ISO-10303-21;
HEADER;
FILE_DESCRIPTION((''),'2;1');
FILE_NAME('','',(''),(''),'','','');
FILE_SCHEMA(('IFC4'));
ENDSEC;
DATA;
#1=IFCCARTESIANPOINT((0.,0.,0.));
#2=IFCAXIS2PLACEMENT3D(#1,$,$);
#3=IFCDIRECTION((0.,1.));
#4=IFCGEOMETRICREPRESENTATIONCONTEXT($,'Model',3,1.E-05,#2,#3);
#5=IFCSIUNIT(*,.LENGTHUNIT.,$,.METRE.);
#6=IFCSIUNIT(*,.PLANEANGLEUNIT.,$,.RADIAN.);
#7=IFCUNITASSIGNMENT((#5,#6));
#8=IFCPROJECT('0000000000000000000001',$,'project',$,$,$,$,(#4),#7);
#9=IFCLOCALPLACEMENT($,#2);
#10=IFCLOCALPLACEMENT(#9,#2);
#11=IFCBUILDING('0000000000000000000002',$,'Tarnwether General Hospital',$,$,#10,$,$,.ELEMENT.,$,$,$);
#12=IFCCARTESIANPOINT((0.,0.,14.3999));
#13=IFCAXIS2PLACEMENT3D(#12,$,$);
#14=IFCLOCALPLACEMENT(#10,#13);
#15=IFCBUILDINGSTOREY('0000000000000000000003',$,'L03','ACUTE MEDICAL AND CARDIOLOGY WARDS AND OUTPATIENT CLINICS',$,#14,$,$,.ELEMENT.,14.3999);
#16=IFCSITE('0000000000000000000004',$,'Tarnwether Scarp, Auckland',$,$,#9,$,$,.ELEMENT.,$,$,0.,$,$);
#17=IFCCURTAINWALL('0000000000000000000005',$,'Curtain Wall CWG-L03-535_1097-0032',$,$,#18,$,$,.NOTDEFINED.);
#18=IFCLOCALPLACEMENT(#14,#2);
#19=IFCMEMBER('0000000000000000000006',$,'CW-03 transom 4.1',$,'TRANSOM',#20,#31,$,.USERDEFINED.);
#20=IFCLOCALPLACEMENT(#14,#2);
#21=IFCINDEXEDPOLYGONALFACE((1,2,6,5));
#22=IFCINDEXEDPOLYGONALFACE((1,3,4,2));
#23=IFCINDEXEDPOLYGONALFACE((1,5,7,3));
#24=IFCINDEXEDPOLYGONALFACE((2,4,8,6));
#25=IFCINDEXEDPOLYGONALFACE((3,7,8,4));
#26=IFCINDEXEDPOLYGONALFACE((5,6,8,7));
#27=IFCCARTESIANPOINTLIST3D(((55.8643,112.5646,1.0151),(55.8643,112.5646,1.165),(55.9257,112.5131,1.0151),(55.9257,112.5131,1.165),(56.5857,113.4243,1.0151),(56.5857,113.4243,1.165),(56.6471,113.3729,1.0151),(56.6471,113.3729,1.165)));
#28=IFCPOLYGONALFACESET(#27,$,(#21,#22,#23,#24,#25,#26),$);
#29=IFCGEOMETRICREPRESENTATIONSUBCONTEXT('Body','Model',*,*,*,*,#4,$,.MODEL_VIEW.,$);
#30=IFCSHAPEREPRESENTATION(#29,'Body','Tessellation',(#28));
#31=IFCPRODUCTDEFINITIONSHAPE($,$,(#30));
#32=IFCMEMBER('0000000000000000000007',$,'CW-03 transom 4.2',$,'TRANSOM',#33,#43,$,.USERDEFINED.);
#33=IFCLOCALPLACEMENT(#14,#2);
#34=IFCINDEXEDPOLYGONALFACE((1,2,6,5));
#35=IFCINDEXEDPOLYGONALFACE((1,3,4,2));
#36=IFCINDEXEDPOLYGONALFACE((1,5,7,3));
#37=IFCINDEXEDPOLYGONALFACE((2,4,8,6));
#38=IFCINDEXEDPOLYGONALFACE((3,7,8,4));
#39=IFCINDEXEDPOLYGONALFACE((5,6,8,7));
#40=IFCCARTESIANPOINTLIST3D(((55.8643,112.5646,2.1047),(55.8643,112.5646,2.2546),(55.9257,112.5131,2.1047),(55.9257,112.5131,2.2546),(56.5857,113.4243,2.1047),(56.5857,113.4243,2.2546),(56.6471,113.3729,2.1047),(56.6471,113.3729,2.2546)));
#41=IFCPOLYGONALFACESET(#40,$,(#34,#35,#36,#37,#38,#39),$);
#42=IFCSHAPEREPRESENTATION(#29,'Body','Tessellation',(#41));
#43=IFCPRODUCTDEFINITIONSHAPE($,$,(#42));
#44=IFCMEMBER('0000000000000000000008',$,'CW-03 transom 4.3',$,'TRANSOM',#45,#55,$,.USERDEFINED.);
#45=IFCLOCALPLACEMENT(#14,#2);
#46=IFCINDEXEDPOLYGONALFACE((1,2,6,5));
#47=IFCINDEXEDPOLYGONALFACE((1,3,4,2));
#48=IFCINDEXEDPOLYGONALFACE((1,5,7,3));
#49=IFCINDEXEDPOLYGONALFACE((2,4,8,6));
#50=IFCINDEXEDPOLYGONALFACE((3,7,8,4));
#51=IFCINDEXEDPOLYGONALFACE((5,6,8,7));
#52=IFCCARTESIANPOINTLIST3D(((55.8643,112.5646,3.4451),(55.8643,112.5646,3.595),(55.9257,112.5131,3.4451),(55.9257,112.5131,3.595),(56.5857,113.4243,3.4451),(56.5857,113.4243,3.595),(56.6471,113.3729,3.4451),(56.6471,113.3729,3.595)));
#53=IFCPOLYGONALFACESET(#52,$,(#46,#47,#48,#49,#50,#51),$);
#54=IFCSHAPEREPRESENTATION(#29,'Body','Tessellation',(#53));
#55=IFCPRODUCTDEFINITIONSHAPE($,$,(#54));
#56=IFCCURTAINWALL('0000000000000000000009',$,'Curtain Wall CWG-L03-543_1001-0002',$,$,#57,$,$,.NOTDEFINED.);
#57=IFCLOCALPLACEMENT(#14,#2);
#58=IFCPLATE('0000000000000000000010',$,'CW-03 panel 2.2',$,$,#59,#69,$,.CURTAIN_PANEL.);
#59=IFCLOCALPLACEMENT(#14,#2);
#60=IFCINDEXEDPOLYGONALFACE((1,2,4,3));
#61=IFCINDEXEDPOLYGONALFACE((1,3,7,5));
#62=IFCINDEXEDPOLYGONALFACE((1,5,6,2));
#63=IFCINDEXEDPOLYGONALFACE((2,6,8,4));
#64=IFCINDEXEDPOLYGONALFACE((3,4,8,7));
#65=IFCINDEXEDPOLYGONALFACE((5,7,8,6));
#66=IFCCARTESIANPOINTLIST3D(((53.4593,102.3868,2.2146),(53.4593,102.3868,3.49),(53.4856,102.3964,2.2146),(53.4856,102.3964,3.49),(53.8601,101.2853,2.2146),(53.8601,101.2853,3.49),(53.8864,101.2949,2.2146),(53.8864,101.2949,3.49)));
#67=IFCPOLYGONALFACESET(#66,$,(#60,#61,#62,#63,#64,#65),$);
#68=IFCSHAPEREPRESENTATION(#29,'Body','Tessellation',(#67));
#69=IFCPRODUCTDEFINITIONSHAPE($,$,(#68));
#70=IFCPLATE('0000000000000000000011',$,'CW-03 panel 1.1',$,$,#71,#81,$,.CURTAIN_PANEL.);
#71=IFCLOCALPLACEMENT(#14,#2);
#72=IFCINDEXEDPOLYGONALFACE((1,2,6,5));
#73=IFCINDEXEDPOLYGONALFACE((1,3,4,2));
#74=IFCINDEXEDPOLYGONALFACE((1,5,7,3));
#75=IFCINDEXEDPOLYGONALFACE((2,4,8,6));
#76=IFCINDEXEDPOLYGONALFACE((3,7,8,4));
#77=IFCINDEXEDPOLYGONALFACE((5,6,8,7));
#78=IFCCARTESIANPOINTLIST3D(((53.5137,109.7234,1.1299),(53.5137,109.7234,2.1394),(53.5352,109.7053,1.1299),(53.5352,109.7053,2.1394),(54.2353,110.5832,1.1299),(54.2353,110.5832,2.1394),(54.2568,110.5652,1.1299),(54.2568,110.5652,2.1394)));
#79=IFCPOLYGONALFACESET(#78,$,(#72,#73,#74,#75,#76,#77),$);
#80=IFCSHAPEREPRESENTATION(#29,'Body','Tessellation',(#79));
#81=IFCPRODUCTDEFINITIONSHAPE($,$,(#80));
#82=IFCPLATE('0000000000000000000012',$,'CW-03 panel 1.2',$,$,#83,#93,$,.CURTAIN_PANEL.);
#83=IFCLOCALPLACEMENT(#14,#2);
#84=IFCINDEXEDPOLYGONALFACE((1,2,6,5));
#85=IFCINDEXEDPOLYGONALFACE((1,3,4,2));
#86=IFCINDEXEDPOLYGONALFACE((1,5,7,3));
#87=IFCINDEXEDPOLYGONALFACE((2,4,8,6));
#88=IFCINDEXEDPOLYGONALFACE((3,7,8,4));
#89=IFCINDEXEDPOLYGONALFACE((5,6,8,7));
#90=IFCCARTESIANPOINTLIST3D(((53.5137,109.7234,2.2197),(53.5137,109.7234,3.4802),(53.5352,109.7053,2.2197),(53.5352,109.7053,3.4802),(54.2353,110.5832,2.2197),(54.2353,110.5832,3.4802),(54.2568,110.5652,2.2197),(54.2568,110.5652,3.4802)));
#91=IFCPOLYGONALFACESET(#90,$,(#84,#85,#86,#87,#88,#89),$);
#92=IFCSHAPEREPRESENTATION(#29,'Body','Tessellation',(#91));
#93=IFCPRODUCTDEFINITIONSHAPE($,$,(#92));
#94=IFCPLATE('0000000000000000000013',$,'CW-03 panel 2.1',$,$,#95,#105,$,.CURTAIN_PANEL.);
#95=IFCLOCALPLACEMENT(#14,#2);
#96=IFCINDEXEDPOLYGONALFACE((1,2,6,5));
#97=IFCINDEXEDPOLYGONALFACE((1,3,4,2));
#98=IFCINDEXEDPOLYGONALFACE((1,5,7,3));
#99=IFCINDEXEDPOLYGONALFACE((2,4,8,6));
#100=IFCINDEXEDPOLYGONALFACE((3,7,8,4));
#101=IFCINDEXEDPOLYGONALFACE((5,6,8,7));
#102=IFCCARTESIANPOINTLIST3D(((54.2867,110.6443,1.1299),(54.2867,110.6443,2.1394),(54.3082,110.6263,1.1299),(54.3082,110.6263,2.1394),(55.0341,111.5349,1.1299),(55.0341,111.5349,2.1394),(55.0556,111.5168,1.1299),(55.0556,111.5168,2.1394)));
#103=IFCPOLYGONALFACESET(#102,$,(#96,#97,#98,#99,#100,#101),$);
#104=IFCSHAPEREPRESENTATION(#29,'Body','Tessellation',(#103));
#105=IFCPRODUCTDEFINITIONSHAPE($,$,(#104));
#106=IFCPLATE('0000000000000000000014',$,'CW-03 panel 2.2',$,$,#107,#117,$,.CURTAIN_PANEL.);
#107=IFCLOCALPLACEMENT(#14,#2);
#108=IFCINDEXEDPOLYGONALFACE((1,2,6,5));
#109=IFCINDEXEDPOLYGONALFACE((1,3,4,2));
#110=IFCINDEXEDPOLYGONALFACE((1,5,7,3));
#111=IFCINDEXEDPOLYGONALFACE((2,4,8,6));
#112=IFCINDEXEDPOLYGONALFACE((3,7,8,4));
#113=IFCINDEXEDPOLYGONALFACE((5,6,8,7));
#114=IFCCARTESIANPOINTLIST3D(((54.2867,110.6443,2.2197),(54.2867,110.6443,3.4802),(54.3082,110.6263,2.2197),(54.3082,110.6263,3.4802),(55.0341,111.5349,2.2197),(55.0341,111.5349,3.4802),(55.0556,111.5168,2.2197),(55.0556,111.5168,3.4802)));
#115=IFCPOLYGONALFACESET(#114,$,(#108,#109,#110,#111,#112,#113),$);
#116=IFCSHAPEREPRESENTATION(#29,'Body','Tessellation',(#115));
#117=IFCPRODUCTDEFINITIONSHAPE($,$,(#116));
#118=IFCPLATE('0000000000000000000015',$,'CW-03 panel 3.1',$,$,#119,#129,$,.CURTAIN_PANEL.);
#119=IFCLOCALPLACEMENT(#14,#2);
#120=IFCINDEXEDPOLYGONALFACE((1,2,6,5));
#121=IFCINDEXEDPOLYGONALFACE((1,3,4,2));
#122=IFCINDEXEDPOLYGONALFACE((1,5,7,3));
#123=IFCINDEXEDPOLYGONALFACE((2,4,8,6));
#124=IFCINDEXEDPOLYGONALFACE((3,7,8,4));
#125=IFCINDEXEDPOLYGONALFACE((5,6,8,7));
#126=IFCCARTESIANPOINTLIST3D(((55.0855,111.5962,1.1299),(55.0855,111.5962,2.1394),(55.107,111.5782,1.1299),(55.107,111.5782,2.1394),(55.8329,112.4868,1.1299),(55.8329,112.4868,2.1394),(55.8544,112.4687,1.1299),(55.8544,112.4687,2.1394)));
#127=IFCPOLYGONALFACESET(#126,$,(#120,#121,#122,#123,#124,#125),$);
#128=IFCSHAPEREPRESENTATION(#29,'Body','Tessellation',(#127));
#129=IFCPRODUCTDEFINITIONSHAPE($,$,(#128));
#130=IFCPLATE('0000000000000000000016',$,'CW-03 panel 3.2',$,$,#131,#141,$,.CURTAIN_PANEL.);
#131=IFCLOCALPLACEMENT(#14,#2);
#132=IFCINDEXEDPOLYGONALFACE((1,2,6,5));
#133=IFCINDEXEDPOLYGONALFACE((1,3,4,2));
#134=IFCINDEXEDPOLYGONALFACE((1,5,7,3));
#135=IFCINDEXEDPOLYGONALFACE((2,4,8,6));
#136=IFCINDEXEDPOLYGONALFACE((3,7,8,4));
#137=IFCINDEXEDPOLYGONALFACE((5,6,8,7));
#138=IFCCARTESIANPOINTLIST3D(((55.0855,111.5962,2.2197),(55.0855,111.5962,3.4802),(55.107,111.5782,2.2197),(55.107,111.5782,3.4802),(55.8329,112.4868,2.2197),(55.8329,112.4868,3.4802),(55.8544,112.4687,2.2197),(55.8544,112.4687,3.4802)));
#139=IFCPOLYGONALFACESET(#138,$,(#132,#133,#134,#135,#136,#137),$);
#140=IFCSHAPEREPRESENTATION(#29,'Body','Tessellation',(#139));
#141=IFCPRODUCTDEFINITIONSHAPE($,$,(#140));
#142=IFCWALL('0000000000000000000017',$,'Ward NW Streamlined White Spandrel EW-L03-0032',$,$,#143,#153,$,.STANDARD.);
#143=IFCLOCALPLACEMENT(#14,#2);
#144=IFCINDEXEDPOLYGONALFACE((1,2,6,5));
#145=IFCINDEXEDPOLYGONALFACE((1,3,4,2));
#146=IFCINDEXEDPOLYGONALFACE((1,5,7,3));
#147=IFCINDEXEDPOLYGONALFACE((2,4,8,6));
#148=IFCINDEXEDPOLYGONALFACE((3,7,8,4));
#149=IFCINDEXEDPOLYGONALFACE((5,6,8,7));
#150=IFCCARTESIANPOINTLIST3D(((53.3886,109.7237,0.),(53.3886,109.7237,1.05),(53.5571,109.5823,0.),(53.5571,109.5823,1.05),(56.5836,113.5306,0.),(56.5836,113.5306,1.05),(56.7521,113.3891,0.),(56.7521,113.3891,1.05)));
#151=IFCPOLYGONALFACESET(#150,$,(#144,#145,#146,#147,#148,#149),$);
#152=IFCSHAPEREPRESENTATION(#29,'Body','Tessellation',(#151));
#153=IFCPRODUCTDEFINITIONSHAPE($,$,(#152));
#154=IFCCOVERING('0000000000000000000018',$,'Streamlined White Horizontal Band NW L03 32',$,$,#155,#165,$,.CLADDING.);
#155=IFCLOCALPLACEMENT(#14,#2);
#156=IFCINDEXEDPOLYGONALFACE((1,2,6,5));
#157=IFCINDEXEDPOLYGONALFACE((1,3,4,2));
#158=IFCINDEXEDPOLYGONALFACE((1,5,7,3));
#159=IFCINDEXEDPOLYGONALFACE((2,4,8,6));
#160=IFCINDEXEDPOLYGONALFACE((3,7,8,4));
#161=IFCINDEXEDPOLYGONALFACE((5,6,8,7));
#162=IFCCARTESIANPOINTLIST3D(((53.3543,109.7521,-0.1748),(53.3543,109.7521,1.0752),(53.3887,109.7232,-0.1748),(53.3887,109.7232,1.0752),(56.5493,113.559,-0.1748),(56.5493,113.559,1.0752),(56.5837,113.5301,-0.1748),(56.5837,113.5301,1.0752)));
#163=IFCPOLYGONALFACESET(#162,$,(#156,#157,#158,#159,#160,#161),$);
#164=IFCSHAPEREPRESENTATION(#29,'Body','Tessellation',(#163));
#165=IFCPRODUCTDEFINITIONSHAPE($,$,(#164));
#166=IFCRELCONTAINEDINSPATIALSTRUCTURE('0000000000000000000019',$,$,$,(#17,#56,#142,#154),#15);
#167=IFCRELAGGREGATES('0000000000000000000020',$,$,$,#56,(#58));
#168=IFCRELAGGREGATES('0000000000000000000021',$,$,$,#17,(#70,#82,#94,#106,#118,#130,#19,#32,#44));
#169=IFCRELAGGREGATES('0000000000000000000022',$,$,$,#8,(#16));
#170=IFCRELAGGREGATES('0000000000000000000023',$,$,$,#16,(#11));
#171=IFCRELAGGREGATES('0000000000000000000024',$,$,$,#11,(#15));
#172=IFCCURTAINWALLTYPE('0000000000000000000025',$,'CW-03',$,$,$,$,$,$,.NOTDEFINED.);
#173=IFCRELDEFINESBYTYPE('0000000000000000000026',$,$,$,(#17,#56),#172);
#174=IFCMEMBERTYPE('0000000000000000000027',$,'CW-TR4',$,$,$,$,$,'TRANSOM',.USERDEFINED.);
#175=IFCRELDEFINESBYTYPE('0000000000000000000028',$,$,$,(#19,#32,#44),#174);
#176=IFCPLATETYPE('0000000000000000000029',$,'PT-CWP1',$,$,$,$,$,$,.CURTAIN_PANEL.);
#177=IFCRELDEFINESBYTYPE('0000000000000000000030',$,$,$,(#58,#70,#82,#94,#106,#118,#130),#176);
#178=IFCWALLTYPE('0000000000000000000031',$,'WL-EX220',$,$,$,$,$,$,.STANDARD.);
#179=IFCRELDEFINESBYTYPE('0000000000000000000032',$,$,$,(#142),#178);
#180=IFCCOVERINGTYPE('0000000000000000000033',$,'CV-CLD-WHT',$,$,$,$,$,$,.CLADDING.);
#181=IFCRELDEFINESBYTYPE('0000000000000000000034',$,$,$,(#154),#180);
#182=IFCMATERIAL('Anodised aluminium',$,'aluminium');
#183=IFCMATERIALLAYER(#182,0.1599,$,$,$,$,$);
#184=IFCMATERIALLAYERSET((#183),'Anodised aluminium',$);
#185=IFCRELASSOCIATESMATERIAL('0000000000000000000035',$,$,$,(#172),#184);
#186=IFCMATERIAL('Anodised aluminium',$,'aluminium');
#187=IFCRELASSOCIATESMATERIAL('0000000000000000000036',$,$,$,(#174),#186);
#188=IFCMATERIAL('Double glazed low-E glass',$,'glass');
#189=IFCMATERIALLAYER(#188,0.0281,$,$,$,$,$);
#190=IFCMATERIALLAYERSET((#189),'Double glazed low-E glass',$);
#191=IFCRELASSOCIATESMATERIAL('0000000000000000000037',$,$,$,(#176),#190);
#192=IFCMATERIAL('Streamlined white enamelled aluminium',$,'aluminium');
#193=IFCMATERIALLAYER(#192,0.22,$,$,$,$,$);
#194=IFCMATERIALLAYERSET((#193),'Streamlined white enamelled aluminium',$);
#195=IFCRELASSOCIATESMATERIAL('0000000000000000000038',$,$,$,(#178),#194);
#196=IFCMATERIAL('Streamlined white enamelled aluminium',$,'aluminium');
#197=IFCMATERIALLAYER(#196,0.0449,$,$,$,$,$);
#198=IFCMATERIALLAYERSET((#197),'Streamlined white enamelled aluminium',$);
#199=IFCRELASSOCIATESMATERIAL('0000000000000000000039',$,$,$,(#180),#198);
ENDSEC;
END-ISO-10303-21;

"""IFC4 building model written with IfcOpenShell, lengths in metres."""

from ifc_helpers import new_model, si_unit, direction, frame, frame_2d, origin, origin_2d, place, context, subcontext, project, spatial, rectangle, extrude, material, layer, layer_set, material_profile, profile_set, type_object, element, aggregate, save


model = new_model("IFC4")

# Units and contexts
model_context = context("Model", 3, precision=1e-05, world=origin(), true_north=direction((0.0, 1.0)))
body_context = subcontext(model_context, "Body", "Model", "MODEL_VIEW")
ifc_project = project(units=[si_unit("LENGTHUNIT", "METRE"), si_unit("PLANEANGLEUNIT", "RADIAN")], contexts=[model_context])

# Site, building, storey
site_placement = place(None, origin())
site = spatial("IfcSite", under=ifc_project, at=site_placement, Name="Tarnwether Scarp, Auckland", CompositionType="ELEMENT", RefElevation=0.0)
building_placement = place(site_placement, origin())
building = spatial("IfcBuilding", under=site, at=building_placement, Name="Tarnwether General Hospital", CompositionType="ELEMENT")
storey_placement = place(building_placement, frame((0.0, 0.0, 14.3999)))
storey = spatial("IfcBuildingStorey", under=building, at=storey_placement, Name="L03", Description="ACUTE MEDICAL AND CARDIOLOGY WARDS AND OUTPATIENT CLINICS", CompositionType="ELEMENT", Elevation=14.3999)

# Shared definitions
ifc_material_1 = material(Name="Anodised aluminium", Category="aluminium")
ifc_layer_1 = layer(ifc_material_1, 0.1599)
ifc_layer_set_1 = layer_set([ifc_layer_1], Name="Anodised aluminium")
curtain_wall_type = type_object("IfcCurtainWallType", Name="CW-03", PredefinedType="NOTDEFINED", material=ifc_layer_set_1)

# Curtain wall, members
curtain_wall_1_placement = place(storey_placement, origin())
curtain_wall_1 = element("IfcCurtainWall", 1, at=curtain_wall_1_placement, inside=storey, type_object=curtain_wall_type, Name="Curtain Wall CWG-L03-535_1097-0032", PredefinedType="NOTDEFINED")
ifc_material_2 = material(Name="Anodised aluminium", Category="aluminium")
ifc_material_profile_1 = material_profile(ifc_material_2, rectangle(XDim=0.0801, YDim=0.1499, at=origin_2d()), Name="ALU-TRN-80x150")
ifc_profile_set_1 = profile_set([ifc_material_profile_1], Name="Anodised aluminium")
member_type_1 = type_object("IfcMemberType", Name="CW-TR4", ElementType="TRANSOM", PredefinedType="USERDEFINED", material=ifc_profile_set_1)
member_1_placement = place(storey_placement, frame((55.895, 112.5388, 1.0901), z_axis=(0.642748, 0.766078, 0.0), x_axis=(-0.766078, 0.642748, 0.0)))
member_1 = element("IfcMember", 2, at=member_1_placement, type_object=member_type_1, Name="CW-03 transom 4.1", ObjectType="TRANSOM", PredefinedType="USERDEFINED", context=body_context, shape_type="SweptSolid", body=[
    extrude(rectangle(XDim=0.0801, YDim=0.1499, at=origin_2d()), origin(), (0.0, 0.0, 1.0), 1.1223),
])
member_2_placement = place(storey_placement, frame((55.895, 112.5388, 2.1797), z_axis=(0.642748, 0.766078, 0.0), x_axis=(-0.766078, 0.642748, 0.0)))
member_2 = element("IfcMember", 3, at=member_2_placement, type_object=member_type_1, Name="CW-03 transom 4.2", ObjectType="TRANSOM", PredefinedType="USERDEFINED", context=body_context, shape_type="SweptSolid", body=[
    extrude(rectangle(XDim=0.0801, YDim=0.1499, at=origin_2d()), origin(), (0.0, 0.0, 1.0), 1.1223),
])
member_3_placement = place(storey_placement, frame((55.895, 112.5388, 3.52), z_axis=(0.642748, 0.766078, 0.0), x_axis=(-0.766078, 0.642748, 0.0)))
member_3 = element("IfcMember", 4, at=member_3_placement, type_object=member_type_1, Name="CW-03 transom 4.3", ObjectType="TRANSOM", PredefinedType="USERDEFINED", context=body_context, shape_type="SweptSolid", body=[
    extrude(rectangle(XDim=0.0801, YDim=0.1499, at=origin_2d()), origin(), (0.0, 0.0, 1.0), 1.1223),
])

# Curtain wall, plate
curtain_wall_2_placement = place(storey_placement, origin())
curtain_wall_2 = element("IfcCurtainWall", 5, at=curtain_wall_2_placement, inside=storey, type_object=curtain_wall_type, Name="Curtain Wall CWG-L03-543_1001-0002", PredefinedType="NOTDEFINED")
ifc_material_3 = material(Name="Double glazed low-E glass", Category="glass")
ifc_layer_2 = layer(ifc_material_3, 0.0281)
ifc_layer_set_2 = layer_set([ifc_layer_2], Name="Double glazed low-E glass")
plate_type = type_object("IfcPlateType", Name="PT-CWP1", PredefinedType="CURTAIN_PANEL", material=ifc_layer_set_2)
plate_1_placement = place(storey_placement, frame((53.6729, 101.8408, 2.2146), z_axis=(0.0, 0.0, 1.0), x_axis=(-0.341953, 0.939717, 0.0)))
plate_1 = element("IfcPlate", 6, at=plate_1_placement, type_object=plate_type, Name="CW-03 panel 2.2", PredefinedType="CURTAIN_PANEL", context=body_context, shape_type="SweptSolid", body=[
    extrude(rectangle(XDim=1.1721, YDim=0.0281, at=origin_2d()), origin(), (0.0, 0.0, 1.0), 1.2754),
])
aggregate(curtain_wall_2, [plate_1])

# Plates
plate_2_placement = place(storey_placement, frame((53.8853, 110.1443, 1.1299), z_axis=(0.0, 0.0, 1.0), x_axis=(0.642852, 0.76599, 0.0)))
plate_2 = element("IfcPlate", 7, at=plate_2_placement, type_object=plate_type, Name="CW-03 panel 1.1", PredefinedType="CURTAIN_PANEL", context=body_context, shape_type="SweptSolid", body=[
    extrude(rectangle(XDim=1.1226, YDim=0.0281, at=origin_2d()), origin(), (0.0, 0.0, 1.0), 1.0095),
])
plate_3_placement = place(storey_placement, frame((53.8853, 110.1443, 2.2197), z_axis=(0.0, 0.0, 1.0), x_axis=(0.642852, 0.76599, 0.0)))
plate_3 = element("IfcPlate", 8, at=plate_3_placement, type_object=plate_type, Name="CW-03 panel 1.2", PredefinedType="CURTAIN_PANEL", context=body_context, shape_type="SweptSolid", body=[
    extrude(rectangle(XDim=1.1226, YDim=0.0281, at=origin_2d()), origin(), (0.0, 0.0, 1.0), 1.2605),
])
plate_4_placement = place(storey_placement, frame((54.6711, 111.0806, 1.1299), z_axis=(0.0, 0.0, 1.0), x_axis=(0.642852, 0.76599, 0.0)))
plate_4 = element("IfcPlate", 9, at=plate_4_placement, type_object=plate_type, Name="CW-03 panel 2.1", PredefinedType="CURTAIN_PANEL", context=body_context, shape_type="SweptSolid", body=[
    extrude(rectangle(XDim=1.1626, YDim=0.0281, at=origin_2d()), origin(), (0.0, 0.0, 1.0), 1.0095),
])
plate_5_placement = place(storey_placement, frame((54.6711, 111.0806, 2.2197), z_axis=(0.0, 0.0, 1.0), x_axis=(0.642852, 0.76599, 0.0)))
plate_5 = element("IfcPlate", 10, at=plate_5_placement, type_object=plate_type, Name="CW-03 panel 2.2", PredefinedType="CURTAIN_PANEL", context=body_context, shape_type="SweptSolid", body=[
    extrude(rectangle(XDim=1.1626, YDim=0.0281, at=origin_2d()), origin(), (0.0, 0.0, 1.0), 1.2605),
])
plate_6_placement = place(storey_placement, frame((55.47, 112.0325, 1.1299), z_axis=(0.0, 0.0, 1.0), x_axis=(0.642852, 0.76599, 0.0)))
plate_6 = element("IfcPlate", 11, at=plate_6_placement, type_object=plate_type, Name="CW-03 panel 3.1", PredefinedType="CURTAIN_PANEL", context=body_context, shape_type="SweptSolid", body=[
    extrude(rectangle(XDim=1.1626, YDim=0.0281, at=origin_2d()), origin(), (0.0, 0.0, 1.0), 1.0095),
])
plate_7_placement = place(storey_placement, frame((55.47, 112.0325, 2.2197), z_axis=(0.0, 0.0, 1.0), x_axis=(0.642852, 0.76599, 0.0)))
plate_7 = element("IfcPlate", 12, at=plate_7_placement, type_object=plate_type, Name="CW-03 panel 3.2", PredefinedType="CURTAIN_PANEL", context=body_context, shape_type="SweptSolid", body=[
    extrude(rectangle(XDim=1.1626, YDim=0.0281, at=origin_2d()), origin(), (0.0, 0.0, 1.0), 1.2605),
])
aggregate(curtain_wall_1, [plate_2, plate_3, plate_4, plate_5, plate_6, plate_7, member_1, member_2, member_3])

# Wall
ifc_material_4 = material(Name="Streamlined white enamelled aluminium", Category="aluminium")
ifc_layer_3 = layer(ifc_material_4, 0.22)
ifc_layer_set_3 = layer_set([ifc_layer_3], Name="Streamlined white enamelled aluminium")
wall_type = type_object("IfcWallType", Name="WL-EX220", PredefinedType="STANDARD", material=ifc_layer_set_3)
wall_placement = place(storey_placement, frame((53.4729, 109.6531, 0.0), z_axis=(0.0, 0.0, 1.0), x_axis=(0.642872, 0.765974, 0.0)))
element("IfcWall", 13, at=wall_placement, inside=storey, type_object=wall_type, Name="Ward NW Streamlined White Spandrel EW-L03-0032", PredefinedType="STANDARD", context=body_context, shape_type="SweptSolid", body=[
    extrude(rectangle(XDim=4.97, YDim=0.22, at=frame_2d((2.4849, 0.0))), origin(), (0.0, 0.0, 1.0), 1.05),
])

# Covering
ifc_material_5 = material(Name="Streamlined white enamelled aluminium", Category="aluminium")
ifc_layer_4 = layer(ifc_material_5, 0.0449)
ifc_layer_set_4 = layer_set([ifc_layer_4], Name="Streamlined white enamelled aluminium")
covering_type = type_object("IfcCoveringType", Name="CV-CLD-WHT", PredefinedType="CLADDING", material=ifc_layer_set_4)
covering_placement = place(storey_placement, frame((54.969, 111.6411, -0.1748), z_axis=(0.0, 0.0, 1.0), x_axis=(0.642854, 0.765988, 0.0)))
element("IfcCovering", 14, at=covering_placement, inside=storey, type_object=covering_type, Name="Streamlined White Horizontal Band NW L03 32", PredefinedType="CLADDING", context=body_context, shape_type="SweptSolid", body=[
    extrude(rectangle(XDim=4.97, YDim=0.0449, at=origin_2d()), origin(), (0.0, 0.0, 1.0), 1.25),
])

save(model, "model.ifc")
